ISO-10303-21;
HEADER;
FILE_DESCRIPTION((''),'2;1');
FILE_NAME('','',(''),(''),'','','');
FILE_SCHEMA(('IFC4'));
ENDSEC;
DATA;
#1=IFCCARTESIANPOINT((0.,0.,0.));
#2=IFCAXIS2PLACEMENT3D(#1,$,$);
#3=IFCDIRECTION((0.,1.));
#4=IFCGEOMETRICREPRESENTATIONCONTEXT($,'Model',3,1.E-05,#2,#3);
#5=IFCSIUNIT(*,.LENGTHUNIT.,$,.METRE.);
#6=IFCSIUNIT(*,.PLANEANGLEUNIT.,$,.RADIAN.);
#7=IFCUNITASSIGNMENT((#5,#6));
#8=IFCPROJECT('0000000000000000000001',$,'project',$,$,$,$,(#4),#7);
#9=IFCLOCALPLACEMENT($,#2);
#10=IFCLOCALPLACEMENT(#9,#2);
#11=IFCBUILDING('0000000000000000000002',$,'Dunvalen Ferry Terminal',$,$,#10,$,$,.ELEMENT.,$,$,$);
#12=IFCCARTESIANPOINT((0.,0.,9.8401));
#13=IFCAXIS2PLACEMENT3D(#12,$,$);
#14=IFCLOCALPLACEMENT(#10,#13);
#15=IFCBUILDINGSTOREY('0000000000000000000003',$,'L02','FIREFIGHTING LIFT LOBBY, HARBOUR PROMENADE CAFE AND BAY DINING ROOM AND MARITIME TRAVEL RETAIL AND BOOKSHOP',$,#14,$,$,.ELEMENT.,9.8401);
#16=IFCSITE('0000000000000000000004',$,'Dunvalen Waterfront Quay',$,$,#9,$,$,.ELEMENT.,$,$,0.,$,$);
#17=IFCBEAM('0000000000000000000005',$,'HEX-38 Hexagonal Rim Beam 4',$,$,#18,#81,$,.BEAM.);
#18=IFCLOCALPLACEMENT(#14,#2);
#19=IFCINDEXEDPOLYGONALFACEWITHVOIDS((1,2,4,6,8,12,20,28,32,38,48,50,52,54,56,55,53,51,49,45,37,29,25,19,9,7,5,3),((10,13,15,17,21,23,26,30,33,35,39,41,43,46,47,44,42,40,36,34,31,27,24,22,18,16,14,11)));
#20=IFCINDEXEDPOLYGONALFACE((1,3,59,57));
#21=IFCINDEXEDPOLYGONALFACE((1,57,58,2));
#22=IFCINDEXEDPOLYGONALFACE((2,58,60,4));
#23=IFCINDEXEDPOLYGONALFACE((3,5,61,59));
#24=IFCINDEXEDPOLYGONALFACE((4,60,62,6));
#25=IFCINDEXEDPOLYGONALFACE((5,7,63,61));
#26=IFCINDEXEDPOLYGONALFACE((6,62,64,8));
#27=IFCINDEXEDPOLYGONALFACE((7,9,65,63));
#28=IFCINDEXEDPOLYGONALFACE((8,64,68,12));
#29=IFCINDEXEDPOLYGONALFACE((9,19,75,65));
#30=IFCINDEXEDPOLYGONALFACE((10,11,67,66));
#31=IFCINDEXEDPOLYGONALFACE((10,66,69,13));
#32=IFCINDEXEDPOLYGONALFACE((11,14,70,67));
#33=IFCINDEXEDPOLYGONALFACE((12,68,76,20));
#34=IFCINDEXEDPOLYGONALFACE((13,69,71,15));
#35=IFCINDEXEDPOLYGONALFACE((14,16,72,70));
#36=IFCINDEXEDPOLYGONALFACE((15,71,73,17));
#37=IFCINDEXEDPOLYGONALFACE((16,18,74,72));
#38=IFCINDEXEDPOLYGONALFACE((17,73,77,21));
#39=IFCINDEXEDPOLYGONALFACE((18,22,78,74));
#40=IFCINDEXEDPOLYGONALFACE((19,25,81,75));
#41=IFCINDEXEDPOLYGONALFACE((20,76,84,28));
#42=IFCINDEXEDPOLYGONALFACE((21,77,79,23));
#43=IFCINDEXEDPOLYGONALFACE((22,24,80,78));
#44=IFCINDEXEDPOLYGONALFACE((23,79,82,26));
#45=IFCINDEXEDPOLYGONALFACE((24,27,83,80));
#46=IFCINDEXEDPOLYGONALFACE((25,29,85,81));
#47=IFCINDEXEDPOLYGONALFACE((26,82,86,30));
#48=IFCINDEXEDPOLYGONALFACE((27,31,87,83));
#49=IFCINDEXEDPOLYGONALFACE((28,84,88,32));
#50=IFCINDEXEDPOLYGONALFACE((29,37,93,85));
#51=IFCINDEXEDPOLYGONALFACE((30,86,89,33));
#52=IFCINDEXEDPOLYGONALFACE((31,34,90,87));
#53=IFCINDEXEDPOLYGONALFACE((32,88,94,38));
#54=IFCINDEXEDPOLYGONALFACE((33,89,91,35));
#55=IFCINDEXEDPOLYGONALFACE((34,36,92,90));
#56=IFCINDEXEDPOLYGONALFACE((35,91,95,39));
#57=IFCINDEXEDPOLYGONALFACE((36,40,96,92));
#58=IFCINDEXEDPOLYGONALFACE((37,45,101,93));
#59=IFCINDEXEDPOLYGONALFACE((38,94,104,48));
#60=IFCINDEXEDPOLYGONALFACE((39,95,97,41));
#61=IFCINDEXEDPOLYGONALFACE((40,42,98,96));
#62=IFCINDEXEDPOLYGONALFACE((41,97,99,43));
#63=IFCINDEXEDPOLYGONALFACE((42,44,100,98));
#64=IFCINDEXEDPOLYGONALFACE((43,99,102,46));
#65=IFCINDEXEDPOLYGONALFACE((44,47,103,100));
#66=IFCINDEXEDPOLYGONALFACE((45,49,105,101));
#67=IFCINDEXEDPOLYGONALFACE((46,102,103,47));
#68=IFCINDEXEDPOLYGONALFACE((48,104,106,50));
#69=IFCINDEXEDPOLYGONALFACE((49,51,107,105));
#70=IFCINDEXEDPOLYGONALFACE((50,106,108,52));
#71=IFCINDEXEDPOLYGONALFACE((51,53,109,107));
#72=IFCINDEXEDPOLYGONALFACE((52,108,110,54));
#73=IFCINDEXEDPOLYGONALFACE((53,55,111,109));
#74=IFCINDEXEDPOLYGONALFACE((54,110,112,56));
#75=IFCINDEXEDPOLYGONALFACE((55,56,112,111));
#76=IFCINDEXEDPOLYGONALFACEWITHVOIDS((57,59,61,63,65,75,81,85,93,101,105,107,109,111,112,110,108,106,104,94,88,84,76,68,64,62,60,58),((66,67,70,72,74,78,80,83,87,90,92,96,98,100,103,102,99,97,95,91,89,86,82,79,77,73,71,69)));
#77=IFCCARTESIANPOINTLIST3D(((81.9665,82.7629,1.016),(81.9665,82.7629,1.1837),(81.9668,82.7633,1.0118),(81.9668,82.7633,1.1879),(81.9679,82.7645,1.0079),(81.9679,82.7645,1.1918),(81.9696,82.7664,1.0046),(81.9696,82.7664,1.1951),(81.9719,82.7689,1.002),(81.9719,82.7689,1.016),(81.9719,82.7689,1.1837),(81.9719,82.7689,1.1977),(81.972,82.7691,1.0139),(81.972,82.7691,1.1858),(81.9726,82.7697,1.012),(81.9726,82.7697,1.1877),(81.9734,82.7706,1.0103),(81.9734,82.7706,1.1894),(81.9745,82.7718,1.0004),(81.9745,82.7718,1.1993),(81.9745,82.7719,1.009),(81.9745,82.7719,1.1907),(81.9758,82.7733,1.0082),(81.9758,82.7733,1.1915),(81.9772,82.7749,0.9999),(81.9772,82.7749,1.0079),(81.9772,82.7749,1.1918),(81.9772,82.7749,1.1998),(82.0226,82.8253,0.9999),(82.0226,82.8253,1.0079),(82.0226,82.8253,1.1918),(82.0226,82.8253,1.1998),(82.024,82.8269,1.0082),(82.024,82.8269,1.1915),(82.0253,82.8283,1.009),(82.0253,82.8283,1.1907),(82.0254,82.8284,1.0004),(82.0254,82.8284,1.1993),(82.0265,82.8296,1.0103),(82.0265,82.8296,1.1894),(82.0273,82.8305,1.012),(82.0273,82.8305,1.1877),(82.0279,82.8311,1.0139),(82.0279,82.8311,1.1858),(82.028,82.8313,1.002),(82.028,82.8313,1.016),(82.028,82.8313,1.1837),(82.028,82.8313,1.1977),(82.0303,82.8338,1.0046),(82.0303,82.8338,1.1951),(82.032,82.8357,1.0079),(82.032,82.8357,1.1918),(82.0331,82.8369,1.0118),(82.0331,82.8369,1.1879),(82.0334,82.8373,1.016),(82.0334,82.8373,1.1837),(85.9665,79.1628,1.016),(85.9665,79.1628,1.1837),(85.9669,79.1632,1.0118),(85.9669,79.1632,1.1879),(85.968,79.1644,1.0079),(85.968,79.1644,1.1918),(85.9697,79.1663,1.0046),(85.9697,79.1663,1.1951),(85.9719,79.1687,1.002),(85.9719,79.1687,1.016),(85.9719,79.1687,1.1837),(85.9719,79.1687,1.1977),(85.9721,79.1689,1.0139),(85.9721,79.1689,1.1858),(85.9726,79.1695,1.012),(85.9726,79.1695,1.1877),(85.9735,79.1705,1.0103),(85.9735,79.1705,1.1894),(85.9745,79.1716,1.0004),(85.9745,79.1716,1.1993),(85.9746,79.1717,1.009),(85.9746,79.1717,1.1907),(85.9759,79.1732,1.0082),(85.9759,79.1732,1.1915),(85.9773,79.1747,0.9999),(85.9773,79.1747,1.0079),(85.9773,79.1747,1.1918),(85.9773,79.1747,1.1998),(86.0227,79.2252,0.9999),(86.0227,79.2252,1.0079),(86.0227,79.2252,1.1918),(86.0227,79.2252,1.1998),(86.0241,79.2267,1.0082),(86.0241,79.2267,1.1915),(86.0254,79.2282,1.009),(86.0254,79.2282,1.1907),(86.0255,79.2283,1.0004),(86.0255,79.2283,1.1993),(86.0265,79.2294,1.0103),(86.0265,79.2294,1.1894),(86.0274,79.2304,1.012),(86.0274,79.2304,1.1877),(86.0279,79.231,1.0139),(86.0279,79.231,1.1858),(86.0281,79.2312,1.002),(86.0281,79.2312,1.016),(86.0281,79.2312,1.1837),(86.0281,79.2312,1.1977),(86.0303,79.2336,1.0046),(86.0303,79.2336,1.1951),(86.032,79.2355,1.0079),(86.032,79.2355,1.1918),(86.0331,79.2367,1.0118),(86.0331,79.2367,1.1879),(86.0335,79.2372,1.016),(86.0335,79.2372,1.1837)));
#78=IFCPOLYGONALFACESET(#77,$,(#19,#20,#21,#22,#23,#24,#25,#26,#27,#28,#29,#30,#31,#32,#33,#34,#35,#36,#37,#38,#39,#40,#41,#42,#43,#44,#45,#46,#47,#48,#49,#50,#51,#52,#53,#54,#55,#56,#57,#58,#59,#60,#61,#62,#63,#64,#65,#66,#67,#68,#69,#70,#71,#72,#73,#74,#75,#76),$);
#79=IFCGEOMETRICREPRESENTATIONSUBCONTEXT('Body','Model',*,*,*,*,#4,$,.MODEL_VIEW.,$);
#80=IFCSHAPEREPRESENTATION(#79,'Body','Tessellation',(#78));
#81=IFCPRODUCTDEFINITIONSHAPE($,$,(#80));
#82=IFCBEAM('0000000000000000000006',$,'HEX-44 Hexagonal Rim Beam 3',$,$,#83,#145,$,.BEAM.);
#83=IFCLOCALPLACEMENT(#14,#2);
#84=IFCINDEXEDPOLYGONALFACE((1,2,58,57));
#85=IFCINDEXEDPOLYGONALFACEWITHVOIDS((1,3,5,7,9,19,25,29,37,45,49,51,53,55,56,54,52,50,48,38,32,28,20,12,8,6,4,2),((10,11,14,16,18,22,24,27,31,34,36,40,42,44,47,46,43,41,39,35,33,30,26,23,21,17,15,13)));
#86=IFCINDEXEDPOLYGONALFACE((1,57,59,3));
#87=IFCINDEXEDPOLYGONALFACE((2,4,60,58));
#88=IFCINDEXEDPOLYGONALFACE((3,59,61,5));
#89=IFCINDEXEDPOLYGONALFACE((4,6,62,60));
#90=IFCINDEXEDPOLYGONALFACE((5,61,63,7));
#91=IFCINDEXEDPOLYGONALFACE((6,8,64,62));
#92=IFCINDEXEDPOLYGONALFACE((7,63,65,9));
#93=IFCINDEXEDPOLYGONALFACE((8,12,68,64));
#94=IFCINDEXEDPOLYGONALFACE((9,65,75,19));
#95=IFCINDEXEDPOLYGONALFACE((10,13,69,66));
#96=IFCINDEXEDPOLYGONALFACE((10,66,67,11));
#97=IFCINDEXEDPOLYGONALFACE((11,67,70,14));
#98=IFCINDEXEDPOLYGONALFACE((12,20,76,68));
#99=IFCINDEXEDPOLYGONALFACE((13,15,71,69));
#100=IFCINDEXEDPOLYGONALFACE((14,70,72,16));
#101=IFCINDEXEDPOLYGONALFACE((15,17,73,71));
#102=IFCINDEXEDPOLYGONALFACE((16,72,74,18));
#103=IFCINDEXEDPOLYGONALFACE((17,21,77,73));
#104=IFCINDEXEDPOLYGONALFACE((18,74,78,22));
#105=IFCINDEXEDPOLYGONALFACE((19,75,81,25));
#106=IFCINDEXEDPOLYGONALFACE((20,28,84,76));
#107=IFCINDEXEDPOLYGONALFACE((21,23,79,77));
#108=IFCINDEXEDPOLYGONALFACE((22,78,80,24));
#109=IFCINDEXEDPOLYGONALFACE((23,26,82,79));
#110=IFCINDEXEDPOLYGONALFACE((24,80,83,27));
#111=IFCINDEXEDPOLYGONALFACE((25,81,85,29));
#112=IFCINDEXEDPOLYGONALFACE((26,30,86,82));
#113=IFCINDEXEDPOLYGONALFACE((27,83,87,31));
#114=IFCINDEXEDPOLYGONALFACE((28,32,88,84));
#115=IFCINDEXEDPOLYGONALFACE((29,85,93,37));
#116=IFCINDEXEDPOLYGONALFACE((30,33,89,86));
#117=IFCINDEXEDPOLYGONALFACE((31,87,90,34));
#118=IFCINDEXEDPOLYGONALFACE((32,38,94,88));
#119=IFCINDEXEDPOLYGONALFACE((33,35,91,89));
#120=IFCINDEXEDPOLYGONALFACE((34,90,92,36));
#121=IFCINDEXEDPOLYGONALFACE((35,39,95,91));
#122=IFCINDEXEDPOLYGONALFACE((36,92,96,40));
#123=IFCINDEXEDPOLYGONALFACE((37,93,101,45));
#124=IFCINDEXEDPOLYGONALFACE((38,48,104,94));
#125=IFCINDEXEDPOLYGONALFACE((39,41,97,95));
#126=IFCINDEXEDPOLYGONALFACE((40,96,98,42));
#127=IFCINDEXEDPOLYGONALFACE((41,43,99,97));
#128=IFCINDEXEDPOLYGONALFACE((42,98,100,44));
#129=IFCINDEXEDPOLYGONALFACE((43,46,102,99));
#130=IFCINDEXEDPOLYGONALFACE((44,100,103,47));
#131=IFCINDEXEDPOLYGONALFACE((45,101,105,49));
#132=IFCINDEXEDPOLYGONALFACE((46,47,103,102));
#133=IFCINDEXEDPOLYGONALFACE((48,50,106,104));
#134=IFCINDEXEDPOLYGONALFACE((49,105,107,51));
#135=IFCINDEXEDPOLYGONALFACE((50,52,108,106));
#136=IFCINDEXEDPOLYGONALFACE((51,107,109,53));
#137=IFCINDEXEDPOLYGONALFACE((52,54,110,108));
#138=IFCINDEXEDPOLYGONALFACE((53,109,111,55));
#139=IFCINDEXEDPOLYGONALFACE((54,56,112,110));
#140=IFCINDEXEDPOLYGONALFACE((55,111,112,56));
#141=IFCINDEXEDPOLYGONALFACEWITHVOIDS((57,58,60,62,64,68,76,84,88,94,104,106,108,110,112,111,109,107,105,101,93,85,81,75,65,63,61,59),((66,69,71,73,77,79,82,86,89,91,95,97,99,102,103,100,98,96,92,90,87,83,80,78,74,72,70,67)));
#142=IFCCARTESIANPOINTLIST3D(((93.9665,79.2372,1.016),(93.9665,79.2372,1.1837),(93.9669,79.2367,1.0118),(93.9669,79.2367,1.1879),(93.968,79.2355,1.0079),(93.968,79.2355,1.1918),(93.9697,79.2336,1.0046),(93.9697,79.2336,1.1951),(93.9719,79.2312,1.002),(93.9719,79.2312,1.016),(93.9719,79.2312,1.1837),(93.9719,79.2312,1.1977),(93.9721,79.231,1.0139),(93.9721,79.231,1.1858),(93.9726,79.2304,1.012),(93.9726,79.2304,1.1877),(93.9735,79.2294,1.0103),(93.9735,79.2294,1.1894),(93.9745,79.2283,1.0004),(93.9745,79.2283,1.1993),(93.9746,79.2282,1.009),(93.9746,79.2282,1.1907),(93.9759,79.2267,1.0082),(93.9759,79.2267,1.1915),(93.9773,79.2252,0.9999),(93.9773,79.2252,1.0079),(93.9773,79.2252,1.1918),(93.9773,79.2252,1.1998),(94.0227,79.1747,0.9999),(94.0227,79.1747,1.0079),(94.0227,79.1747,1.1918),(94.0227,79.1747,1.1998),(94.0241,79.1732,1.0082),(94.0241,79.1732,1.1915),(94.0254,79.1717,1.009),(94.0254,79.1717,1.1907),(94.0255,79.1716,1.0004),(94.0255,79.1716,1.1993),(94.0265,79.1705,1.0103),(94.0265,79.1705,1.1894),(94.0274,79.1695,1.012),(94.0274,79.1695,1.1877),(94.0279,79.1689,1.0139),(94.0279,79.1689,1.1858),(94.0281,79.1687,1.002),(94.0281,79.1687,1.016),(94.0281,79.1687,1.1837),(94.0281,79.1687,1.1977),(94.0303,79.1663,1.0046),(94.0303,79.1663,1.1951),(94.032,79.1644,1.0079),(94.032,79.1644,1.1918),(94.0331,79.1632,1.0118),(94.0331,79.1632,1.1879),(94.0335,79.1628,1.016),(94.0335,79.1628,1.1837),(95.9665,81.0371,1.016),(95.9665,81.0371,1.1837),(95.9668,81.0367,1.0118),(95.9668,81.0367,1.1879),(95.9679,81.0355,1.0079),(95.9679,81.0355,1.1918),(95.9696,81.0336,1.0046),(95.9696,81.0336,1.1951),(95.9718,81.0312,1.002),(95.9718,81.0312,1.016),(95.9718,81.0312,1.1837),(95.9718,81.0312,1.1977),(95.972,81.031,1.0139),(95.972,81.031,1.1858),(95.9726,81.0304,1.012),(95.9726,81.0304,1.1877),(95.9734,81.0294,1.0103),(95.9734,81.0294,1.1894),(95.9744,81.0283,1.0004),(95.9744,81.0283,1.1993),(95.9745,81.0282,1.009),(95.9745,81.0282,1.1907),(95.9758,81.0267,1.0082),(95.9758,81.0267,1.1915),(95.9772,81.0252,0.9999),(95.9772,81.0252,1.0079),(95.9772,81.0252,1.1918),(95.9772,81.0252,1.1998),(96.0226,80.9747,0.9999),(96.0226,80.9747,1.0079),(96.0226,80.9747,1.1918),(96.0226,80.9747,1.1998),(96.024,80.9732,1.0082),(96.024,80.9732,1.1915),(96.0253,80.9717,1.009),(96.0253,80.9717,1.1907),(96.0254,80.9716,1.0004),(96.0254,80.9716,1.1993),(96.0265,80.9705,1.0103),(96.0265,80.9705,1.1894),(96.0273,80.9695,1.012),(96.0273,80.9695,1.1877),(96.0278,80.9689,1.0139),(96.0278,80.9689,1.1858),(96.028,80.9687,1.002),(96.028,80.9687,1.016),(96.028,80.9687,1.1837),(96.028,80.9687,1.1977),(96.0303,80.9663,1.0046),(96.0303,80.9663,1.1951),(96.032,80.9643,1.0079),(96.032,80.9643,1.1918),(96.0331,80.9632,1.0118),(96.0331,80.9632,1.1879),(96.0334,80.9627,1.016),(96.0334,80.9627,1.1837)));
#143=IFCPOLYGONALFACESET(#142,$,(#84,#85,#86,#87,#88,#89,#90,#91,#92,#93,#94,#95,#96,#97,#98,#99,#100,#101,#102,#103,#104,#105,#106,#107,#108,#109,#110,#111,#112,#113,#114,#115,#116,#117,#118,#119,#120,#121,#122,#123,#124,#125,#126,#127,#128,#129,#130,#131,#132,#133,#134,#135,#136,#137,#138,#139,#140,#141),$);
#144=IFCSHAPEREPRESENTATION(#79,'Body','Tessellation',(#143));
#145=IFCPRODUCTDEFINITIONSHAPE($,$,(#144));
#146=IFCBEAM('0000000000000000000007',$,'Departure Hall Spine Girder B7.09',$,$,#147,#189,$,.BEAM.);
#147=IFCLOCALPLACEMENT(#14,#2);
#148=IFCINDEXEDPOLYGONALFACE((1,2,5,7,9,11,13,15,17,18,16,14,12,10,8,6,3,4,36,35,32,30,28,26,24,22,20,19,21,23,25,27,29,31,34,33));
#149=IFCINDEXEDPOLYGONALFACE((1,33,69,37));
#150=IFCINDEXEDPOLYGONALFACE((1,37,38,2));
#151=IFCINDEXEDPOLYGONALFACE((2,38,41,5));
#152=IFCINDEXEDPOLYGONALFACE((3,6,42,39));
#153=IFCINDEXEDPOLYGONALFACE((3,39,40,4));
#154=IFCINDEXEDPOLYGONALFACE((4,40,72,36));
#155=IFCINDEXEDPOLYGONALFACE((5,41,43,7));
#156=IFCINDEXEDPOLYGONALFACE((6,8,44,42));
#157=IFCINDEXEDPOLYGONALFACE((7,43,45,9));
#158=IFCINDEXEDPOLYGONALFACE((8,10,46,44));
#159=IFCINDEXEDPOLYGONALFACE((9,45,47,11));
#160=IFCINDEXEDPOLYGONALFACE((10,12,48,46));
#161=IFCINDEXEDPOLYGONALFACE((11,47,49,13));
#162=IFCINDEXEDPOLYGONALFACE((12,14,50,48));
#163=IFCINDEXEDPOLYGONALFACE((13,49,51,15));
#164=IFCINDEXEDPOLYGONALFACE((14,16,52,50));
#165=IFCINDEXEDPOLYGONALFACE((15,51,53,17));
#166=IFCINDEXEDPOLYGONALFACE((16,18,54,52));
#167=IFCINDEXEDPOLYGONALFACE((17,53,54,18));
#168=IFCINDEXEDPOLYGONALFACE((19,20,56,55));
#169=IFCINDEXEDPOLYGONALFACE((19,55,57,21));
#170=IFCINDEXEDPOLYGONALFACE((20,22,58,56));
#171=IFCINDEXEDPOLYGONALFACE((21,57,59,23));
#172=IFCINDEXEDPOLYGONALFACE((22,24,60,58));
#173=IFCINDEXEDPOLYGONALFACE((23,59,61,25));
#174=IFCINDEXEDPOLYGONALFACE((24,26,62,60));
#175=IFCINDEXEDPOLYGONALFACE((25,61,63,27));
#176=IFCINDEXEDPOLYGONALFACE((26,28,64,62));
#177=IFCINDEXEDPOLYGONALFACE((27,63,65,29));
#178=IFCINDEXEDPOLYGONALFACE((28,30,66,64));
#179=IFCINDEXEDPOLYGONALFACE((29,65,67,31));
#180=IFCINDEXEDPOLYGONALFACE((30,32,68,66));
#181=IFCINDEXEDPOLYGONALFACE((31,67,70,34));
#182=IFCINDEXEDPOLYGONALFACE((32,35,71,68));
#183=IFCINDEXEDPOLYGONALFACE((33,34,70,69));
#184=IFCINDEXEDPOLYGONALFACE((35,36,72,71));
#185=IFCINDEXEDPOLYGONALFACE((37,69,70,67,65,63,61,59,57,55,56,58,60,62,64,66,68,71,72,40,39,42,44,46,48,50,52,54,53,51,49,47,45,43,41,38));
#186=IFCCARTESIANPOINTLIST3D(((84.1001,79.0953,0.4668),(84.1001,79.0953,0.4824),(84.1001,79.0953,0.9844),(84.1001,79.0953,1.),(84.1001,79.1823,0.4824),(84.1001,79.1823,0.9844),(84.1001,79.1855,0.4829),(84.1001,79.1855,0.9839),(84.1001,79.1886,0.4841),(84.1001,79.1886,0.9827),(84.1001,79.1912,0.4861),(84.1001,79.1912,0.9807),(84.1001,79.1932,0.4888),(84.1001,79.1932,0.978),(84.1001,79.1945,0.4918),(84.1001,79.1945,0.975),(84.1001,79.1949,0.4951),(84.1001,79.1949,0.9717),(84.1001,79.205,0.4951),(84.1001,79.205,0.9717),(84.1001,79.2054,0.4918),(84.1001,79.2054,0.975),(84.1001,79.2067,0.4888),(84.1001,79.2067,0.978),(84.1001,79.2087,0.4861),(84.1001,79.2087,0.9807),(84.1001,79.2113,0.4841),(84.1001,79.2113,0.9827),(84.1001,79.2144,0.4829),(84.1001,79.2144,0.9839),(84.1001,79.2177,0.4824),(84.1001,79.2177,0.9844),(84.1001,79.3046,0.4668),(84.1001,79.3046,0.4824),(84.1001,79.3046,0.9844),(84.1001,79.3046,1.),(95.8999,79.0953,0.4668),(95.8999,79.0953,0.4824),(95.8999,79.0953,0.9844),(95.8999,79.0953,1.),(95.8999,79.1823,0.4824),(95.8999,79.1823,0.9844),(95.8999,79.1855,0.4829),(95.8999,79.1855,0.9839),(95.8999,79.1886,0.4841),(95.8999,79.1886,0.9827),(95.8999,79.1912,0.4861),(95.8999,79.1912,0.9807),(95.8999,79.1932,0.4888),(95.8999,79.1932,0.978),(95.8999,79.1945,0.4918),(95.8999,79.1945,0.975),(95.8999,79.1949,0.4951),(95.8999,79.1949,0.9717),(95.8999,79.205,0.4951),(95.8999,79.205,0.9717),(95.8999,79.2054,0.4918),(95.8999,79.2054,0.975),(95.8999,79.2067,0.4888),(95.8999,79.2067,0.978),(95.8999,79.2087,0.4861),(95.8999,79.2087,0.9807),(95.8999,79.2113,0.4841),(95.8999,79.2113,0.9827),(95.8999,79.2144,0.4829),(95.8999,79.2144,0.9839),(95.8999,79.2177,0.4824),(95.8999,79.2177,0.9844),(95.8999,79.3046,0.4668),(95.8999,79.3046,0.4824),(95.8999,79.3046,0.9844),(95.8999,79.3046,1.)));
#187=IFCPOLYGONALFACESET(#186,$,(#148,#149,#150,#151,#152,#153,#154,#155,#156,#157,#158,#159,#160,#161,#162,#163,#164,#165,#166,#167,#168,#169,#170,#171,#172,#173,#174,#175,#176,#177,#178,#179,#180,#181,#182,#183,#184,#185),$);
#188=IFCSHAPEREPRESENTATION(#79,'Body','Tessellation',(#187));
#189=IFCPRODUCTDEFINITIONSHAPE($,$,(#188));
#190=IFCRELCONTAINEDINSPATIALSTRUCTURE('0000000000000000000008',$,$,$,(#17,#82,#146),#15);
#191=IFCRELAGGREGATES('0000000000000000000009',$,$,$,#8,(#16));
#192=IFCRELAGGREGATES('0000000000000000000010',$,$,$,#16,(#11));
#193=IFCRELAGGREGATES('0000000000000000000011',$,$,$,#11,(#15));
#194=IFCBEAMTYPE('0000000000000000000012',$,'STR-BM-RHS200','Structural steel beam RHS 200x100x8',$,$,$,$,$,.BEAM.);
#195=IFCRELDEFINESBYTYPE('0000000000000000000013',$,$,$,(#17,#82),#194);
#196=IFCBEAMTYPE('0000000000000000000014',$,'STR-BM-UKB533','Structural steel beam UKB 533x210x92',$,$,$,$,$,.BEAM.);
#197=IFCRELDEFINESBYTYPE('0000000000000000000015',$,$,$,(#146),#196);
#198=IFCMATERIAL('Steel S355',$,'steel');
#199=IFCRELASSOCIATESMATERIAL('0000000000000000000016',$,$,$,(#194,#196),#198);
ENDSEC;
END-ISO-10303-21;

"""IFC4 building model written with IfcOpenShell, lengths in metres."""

from ifc_helpers import new_model, si_unit, direction, frame, origin, origin_2d, place, context, subcontext, project, spatial, hollow_rectangle, i_section, extrude, material, material_profile, profile_set, type_object, element, save


model = new_model("IFC4")

# Units and contexts
model_context = context("Model", 3, precision=1e-05, world=origin(), true_north=direction((0.0, 1.0)))
body_context = subcontext(model_context, "Body", "Model", "MODEL_VIEW")
ifc_project = project(units=[si_unit("LENGTHUNIT", "METRE"), si_unit("PLANEANGLEUNIT", "RADIAN")], contexts=[model_context])

# Site, building, storey
site_placement = place(None, origin())
site = spatial("IfcSite", under=ifc_project, at=site_placement, Name="Dunvalen Waterfront Quay", CompositionType="ELEMENT", RefElevation=0.0)
building_placement = place(site_placement, origin())
building = spatial("IfcBuilding", under=site, at=building_placement, Name="Dunvalen Ferry Terminal", CompositionType="ELEMENT")
storey_placement = place(building_placement, frame((0.0, 0.0, 9.8401)))
storey = spatial("IfcBuildingStorey", under=building, at=storey_placement, Name="L02", Description="FIREFIGHTING LIFT LOBBY, HARBOUR PROMENADE CAFE AND BAY DINING ROOM AND MARITIME TRAVEL RETAIL AND BOOKSHOP", CompositionType="ELEMENT", Elevation=9.8401)

# Beams
ifc_material_1 = material(Name="Steel S355", Category="steel")
ifc_material_profile_1 = material_profile(ifc_material_1, hollow_rectangle(XDim=0.1001, YDim=0.2, WallThickness=0.0081, InnerFilletRadius=0.0081, OuterFilletRadius=0.0161, at=origin_2d()), Name="Steel S355")
ifc_profile_set_1 = profile_set([ifc_material_profile_1], Name="Steel S355")
beam_type_1 = type_object("IfcBeamType", Name="STR-BM-RHS200", Description="Structural steel beam RHS 200x100x8", PredefinedType="BEAM", material=ifc_profile_set_1)
beam_1_placement = place(storey_placement, frame((86.0, 79.2, 1.0999), z_axis=(-0.743285, 0.668975, 0.0), x_axis=(-0.668975, -0.743285, 0.0)))
element("IfcBeam", 1, at=beam_1_placement, inside=storey, type_object=beam_type_1, Name="HEX-38 Hexagonal Rim Beam 4", PredefinedType="BEAM", context=body_context, shape_type="SweptSolid", body=[
    extrude(hollow_rectangle(XDim=0.1001, YDim=0.2, WallThickness=0.0081, InnerFilletRadius=0.0081, OuterFilletRadius=0.0161, at=origin_2d()), origin(), (0.0, 0.0, 1.0), 5.3816),
])
beam_2_placement = place(storey_placement, frame((94.0, 79.2, 1.0999), z_axis=(0.743285, 0.668975, 0.0), x_axis=(-0.668975, 0.743285, 0.0)))
element("IfcBeam", 2, at=beam_2_placement, inside=storey, type_object=beam_type_1, Name="HEX-44 Hexagonal Rim Beam 3", PredefinedType="BEAM", context=body_context, shape_type="SweptSolid", body=[
    extrude(hollow_rectangle(XDim=0.1001, YDim=0.2, WallThickness=0.0081, InnerFilletRadius=0.0081, OuterFilletRadius=0.0161, at=origin_2d()), origin(), (0.0, 0.0, 1.0), 2.6907),
])
ifc_material_profile_2 = material_profile(ifc_material_1, i_section(OverallWidth=0.2092, OverallDepth=0.5332, WebThickness=0.01, FlangeThickness=0.0156, FilletRadius=0.0127, at=origin_2d()), Name="Steel S355")
ifc_profile_set_2 = profile_set([ifc_material_profile_2], Name="Steel S355")
beam_type_2 = type_object("IfcBeamType", Name="STR-BM-UKB533", Description="Structural steel beam UKB 533x210x92", PredefinedType="BEAM", material=ifc_profile_set_2)
beam_3_placement = place(storey_placement, frame((84.1001, 79.2, 0.7334), z_axis=(1.0, 0.0, 0.0), x_axis=(0.0, 1.0, 0.0)))
element("IfcBeam", 3, at=beam_3_placement, inside=storey, type_object=beam_type_2, Name="Departure Hall Spine Girder B7.09", PredefinedType="BEAM", context=body_context, shape_type="SweptSolid", body=[
    extrude(i_section(OverallWidth=0.2092, OverallDepth=0.5332, WebThickness=0.01, FlangeThickness=0.0156, FilletRadius=0.0127, at=origin_2d()), origin(), (0.0, 0.0, 1.0), 11.7998),
])

save(model, "model.ifc")
